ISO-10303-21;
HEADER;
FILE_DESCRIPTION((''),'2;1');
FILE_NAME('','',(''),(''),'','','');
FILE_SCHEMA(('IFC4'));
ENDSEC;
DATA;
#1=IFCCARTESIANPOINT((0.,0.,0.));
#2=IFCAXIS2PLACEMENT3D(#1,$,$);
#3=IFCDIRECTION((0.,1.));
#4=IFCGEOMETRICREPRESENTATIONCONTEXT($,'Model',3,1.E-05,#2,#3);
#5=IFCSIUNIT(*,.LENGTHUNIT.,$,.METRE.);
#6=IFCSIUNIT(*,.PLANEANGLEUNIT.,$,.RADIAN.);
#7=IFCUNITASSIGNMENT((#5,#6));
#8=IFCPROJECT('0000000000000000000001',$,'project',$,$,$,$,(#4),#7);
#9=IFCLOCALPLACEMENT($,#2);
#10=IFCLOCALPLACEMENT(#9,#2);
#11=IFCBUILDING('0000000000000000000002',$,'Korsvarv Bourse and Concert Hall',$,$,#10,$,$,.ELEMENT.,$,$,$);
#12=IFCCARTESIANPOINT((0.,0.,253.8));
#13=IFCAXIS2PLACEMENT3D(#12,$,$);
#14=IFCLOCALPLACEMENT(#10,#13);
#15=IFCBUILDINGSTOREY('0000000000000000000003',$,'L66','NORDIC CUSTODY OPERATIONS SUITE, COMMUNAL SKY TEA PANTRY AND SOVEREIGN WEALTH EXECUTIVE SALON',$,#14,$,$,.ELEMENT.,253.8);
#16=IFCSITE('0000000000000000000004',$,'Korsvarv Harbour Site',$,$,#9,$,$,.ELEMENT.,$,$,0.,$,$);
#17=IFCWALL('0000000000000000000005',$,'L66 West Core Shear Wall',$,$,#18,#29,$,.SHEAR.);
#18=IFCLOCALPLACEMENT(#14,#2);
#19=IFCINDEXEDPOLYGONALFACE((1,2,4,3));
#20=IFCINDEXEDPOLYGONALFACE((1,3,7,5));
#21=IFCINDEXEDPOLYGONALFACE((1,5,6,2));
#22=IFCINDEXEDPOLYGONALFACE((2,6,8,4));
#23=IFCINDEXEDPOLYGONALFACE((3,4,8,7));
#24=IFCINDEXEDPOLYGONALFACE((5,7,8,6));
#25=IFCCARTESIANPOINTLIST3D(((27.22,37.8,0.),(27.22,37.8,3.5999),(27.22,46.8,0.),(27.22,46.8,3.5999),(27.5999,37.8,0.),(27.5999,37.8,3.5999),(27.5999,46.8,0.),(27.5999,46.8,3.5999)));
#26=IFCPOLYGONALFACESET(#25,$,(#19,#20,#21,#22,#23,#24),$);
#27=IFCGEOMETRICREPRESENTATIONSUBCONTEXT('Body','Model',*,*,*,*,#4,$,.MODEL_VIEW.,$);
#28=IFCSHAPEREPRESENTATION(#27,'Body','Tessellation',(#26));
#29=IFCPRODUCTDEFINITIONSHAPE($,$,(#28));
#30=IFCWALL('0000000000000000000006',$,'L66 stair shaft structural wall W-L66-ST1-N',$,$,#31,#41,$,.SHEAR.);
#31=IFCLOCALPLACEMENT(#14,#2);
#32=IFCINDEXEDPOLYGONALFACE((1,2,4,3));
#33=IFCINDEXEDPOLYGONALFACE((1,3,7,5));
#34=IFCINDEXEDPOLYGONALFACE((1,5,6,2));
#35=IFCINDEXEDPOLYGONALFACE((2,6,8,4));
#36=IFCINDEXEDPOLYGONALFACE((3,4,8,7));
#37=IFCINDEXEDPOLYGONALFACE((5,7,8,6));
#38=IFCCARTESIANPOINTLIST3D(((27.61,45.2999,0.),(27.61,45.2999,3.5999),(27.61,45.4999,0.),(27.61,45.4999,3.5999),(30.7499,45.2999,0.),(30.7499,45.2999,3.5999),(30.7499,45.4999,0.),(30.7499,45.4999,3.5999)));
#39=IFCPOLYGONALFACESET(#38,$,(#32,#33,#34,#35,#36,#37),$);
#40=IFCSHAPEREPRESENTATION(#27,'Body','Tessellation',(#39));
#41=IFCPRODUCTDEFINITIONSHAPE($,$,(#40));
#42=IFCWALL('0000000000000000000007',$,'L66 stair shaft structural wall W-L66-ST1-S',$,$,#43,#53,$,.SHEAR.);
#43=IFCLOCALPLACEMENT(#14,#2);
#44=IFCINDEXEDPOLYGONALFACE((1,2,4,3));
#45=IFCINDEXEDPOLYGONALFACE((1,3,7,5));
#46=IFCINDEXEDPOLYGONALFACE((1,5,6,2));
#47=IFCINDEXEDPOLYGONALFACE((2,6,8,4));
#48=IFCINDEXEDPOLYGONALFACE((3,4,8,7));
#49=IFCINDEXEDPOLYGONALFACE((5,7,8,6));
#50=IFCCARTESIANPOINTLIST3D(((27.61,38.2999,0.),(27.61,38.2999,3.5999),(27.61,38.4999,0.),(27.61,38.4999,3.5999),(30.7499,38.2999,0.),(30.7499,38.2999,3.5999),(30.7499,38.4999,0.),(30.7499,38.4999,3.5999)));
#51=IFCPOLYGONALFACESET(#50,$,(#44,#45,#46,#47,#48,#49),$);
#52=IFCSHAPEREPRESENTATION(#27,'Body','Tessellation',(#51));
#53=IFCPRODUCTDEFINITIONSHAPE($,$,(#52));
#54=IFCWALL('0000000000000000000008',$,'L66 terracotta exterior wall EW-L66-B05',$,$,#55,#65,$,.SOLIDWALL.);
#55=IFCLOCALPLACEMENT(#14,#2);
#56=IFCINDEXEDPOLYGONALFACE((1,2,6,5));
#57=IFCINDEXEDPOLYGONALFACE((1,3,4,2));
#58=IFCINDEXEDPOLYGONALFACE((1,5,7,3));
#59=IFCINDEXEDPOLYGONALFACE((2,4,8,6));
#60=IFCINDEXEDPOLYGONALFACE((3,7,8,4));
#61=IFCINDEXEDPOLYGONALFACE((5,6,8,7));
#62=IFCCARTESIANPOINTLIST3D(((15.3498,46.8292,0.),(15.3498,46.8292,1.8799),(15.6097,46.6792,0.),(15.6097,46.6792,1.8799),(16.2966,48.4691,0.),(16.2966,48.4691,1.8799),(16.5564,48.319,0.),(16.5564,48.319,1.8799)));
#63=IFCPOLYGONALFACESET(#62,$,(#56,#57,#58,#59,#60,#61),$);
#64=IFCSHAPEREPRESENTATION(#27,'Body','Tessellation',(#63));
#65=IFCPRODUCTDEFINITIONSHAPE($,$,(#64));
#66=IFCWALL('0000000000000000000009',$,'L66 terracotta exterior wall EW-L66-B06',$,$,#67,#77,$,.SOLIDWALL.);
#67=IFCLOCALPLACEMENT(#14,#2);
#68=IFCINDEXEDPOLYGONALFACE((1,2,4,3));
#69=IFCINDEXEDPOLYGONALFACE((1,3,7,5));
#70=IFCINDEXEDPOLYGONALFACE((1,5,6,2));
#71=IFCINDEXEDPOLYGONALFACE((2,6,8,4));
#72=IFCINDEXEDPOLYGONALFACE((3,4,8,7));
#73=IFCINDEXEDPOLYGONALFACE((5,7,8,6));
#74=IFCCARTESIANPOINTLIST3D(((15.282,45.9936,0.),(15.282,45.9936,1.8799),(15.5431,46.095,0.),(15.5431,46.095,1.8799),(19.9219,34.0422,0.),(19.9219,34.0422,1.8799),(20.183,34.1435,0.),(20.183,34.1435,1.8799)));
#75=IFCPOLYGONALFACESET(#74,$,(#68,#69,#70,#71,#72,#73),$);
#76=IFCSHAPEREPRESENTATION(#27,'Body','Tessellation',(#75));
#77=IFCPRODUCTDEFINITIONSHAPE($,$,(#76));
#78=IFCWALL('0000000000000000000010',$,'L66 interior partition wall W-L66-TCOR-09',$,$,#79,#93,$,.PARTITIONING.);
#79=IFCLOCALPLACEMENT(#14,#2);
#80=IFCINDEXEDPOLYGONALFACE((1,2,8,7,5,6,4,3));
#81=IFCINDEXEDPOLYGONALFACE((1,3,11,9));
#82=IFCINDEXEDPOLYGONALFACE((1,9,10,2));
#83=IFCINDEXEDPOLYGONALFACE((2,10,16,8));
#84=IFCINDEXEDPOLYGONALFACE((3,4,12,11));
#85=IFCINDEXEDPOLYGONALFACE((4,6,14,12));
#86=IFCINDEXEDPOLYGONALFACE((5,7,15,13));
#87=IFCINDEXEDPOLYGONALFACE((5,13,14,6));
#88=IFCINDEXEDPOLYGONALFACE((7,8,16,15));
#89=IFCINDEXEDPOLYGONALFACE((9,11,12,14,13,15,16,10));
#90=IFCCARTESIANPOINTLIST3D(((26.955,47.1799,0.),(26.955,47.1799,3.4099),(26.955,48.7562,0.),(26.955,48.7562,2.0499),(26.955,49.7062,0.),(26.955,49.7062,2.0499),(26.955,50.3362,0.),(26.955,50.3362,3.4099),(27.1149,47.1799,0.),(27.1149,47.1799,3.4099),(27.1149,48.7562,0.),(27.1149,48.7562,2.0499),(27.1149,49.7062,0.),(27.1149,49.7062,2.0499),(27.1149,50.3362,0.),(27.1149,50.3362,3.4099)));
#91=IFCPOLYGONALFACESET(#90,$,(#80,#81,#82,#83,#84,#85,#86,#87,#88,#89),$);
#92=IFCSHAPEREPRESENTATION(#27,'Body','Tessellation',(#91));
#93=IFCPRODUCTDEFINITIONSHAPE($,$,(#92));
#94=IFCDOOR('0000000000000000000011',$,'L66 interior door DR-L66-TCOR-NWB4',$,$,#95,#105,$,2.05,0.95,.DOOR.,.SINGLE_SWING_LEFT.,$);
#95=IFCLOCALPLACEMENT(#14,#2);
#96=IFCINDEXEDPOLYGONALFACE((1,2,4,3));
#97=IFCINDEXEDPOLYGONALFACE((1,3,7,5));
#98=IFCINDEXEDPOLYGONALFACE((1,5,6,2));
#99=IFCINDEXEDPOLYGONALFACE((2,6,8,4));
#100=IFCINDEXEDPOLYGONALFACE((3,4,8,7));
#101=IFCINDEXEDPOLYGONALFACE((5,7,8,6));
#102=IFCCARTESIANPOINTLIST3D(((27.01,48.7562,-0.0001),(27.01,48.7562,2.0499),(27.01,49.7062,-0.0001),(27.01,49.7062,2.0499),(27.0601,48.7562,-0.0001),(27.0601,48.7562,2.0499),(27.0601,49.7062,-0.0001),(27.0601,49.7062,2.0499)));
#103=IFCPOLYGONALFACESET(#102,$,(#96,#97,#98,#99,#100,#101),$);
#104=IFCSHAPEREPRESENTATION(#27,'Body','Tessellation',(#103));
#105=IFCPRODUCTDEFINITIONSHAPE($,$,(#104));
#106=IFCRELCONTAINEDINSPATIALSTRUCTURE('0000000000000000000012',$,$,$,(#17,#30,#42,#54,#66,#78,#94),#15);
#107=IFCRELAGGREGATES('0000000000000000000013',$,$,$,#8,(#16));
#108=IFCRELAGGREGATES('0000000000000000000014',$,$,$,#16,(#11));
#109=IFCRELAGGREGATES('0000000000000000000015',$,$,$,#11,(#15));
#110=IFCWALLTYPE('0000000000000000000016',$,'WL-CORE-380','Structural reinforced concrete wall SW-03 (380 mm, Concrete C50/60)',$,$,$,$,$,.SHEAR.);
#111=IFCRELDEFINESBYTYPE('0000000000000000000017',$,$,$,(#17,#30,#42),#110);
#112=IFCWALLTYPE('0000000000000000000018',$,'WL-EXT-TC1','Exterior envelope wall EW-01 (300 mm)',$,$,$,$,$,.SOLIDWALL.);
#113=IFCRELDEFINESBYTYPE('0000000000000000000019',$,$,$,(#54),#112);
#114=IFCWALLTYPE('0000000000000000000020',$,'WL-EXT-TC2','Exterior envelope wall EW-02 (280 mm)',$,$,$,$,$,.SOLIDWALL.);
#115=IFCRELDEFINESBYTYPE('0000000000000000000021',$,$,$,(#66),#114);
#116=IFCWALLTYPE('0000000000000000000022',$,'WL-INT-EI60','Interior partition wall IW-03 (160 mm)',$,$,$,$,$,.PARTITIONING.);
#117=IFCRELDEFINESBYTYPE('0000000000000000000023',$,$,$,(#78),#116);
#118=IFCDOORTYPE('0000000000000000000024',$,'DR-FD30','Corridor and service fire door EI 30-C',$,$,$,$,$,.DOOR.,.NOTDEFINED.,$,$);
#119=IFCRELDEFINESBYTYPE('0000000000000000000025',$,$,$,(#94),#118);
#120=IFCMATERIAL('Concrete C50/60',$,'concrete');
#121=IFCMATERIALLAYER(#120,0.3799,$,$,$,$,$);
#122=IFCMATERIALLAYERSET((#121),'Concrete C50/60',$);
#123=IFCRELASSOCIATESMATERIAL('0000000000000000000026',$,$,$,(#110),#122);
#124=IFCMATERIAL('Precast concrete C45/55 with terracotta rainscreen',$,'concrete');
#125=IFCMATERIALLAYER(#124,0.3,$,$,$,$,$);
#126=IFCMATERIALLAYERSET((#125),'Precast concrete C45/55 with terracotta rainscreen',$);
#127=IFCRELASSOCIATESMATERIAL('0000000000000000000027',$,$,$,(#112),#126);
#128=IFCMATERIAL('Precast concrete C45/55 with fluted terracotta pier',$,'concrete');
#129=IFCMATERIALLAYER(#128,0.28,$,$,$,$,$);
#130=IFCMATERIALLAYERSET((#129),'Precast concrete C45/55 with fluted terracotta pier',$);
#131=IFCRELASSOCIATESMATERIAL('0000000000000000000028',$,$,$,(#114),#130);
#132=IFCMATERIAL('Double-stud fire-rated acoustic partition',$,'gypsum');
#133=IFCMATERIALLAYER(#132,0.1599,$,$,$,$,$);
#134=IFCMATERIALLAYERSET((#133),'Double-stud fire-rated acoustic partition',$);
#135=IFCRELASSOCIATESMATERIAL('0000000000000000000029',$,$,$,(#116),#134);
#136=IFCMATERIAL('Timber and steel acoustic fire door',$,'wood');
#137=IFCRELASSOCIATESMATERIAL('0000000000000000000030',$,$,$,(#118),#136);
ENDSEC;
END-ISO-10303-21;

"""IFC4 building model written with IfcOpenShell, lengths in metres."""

from ifc_helpers import new_model, si_unit, direction, frame, frame_2d, origin, place, context, subcontext, project, spatial, rectangle, extrude, material, layer, layer_set, type_object, element, fill, save


model = new_model("IFC4")

# Units and contexts
model_context = context("Model", 3, precision=1e-05, world=origin(), true_north=direction((0.0, 1.0)))
body_context = subcontext(model_context, "Body", "Model", "MODEL_VIEW")
ifc_project = project(units=[si_unit("LENGTHUNIT", "METRE"), si_unit("PLANEANGLEUNIT", "RADIAN")], contexts=[model_context])

# Site, building, storey
site_placement = place(None, origin())
site = spatial("IfcSite", under=ifc_project, at=site_placement, Name="Korsvarv Harbour Site", CompositionType="ELEMENT", RefElevation=0.0)
building_placement = place(site_placement, origin())
building = spatial("IfcBuilding", under=site, at=building_placement, Name="Korsvarv Bourse and Concert Hall", CompositionType="ELEMENT")
storey_placement = place(building_placement, frame((0.0, 0.0, 253.8)))
storey = spatial("IfcBuildingStorey", under=building, at=storey_placement, Name="L66", Description="NORDIC CUSTODY OPERATIONS SUITE, COMMUNAL SKY TEA PANTRY AND SOVEREIGN WEALTH EXECUTIVE SALON", CompositionType="ELEMENT", Elevation=253.8)

# Shared definitions
ifc_material_1 = material(Name="Concrete C50/60", Category="concrete")

# Shared definitions
ifc_layer_1 = layer(ifc_material_1, 0.3799)
ifc_layer_set_1 = layer_set([ifc_layer_1], Name="Concrete C50/60")
wall_type_1 = type_object("IfcWallType", Name="WL-CORE-380", Description="Structural reinforced concrete wall SW-03 (380 mm, Concrete C50/60)", PredefinedType="SHEAR", material=ifc_layer_set_1)

# Walls
wall_1_placement = place(storey_placement, frame((27.4099, 37.8, 0.0), z_axis=(0.0, 0.0, 1.0), x_axis=(0.0, 1.0, 0.0)))
element("IfcWall", 1, at=wall_1_placement, inside=storey, type_object=wall_type_1, Name="L66 West Core Shear Wall", PredefinedType="SHEAR", context=body_context, shape_type="SweptSolid", body=[
    extrude(rectangle(XDim=9.0, YDim=0.3799, at=frame_2d((4.5, 0.0))), origin(), (0.0, 0.0, 1.0), 3.5999),
])
for number, where, z_axis, x_axis, name in (
    (2, (27.6101, 45.3999, 0.0), (0.0, 0.0, 1.0), (1.0, 0.0, 0.0), "L66 stair shaft structural wall W-L66-ST1-N"),
    (3, (27.6101, 38.3999, 0.0), (0.0, 0.0, 1.0), (1.0, 0.0, 0.0), "L66 stair shaft structural wall W-L66-ST1-S"),
):
    element("IfcWall", number, at=place(storey_placement, frame(where, z_axis=z_axis, x_axis=x_axis)), inside=storey, type_object=wall_type_1, Name=name, PredefinedType="SHEAR", context=body_context, shape_type="SweptSolid", body=[
        extrude(rectangle(XDim=3.1399, YDim=0.2, at=frame_2d((1.5698, 0.0))), origin(), (0.0, 0.0, 1.0), 3.5999),
    ])
ifc_material_2 = material(Name="Precast concrete C45/55 with terracotta rainscreen", Category="concrete")
ifc_layer_2 = layer(ifc_material_2, 0.3)
ifc_layer_set_2 = layer_set([ifc_layer_2], Name="Precast concrete C45/55 with terracotta rainscreen")
wall_type_2 = type_object("IfcWallType", Name="WL-EXT-TC1", Description="Exterior envelope wall EW-01 (300 mm)", PredefinedType="SOLIDWALL", material=ifc_layer_set_2)
wall_2_placement = place(storey_placement, frame((16.4265, 48.394, 0.0), z_axis=(0.0, 0.0, 1.0), x_axis=(-0.499994, -0.866029, 0.0)))
element("IfcWall", 4, at=wall_2_placement, inside=storey, type_object=wall_type_2, Name="L66 terracotta exterior wall EW-L66-B05", PredefinedType="SOLIDWALL", context=body_context, shape_type="SweptSolid", body=[
    extrude(rectangle(XDim=1.8936, YDim=0.3, at=frame_2d((0.9468, 0.0))), origin(), (0.0, 0.0, 1.0), 1.8799),
])
ifc_material_3 = material(Name="Precast concrete C45/55 with fluted terracotta pier", Category="concrete")
ifc_layer_3 = layer(ifc_material_3, 0.28)
ifc_layer_set_3 = layer_set([ifc_layer_3], Name="Precast concrete C45/55 with fluted terracotta pier")
wall_type_3 = type_object("IfcWallType", Name="WL-EXT-TC2", Description="Exterior envelope wall EW-02 (280 mm)", PredefinedType="SOLIDWALL", material=ifc_layer_set_3)
wall_3_placement = place(storey_placement, frame((15.4126, 46.0442, 0.0), z_axis=(0.0, 0.0, 1.0), x_axis=(0.361912, -0.932212, 0.0)))
element("IfcWall", 5, at=wall_3_placement, inside=storey, type_object=wall_type_3, Name="L66 terracotta exterior wall EW-L66-B06", PredefinedType="SOLIDWALL", context=body_context, shape_type="SweptSolid", body=[
    extrude(rectangle(XDim=12.8206, YDim=0.28, at=frame_2d((6.4102, 0.0))), origin(), (0.0, 0.0, 1.0), 1.8799),
])

# Wall, opening, door
ifc_material_4 = material(Name="Double-stud fire-rated acoustic partition", Category="gypsum")
ifc_layer_4 = layer(ifc_material_4, 0.1599)
ifc_layer_set_4 = layer_set([ifc_layer_4], Name="Double-stud fire-rated acoustic partition")
wall_type_4 = type_object("IfcWallType", Name="WL-INT-EI60", Description="Interior partition wall IW-03 (160 mm)", PredefinedType="PARTITIONING", material=ifc_layer_set_4)
wall_4_placement = place(storey_placement, frame((27.0349, 47.1799, 0.0), z_axis=(0.0, 0.0, 1.0), x_axis=(0.0, 1.0, 0.0)))
wall_4 = element("IfcWall", 6, at=wall_4_placement, inside=storey, type_object=wall_type_4, Name="L66 interior partition wall W-L66-TCOR-09", PredefinedType="PARTITIONING", context=body_context, shape_type="SweptSolid", body=[
    extrude(rectangle(XDim=3.1562, YDim=0.1599, at=frame_2d((1.5781, 0.0))), origin(), (0.0, 0.0, 1.0), 3.4099),
])
opening_1_placement = place(wall_4_placement, frame((1.5762, 0.0, 0.0)))
opening_1 = element("IfcOpeningElement", 7, at=opening_1_placement, cuts=wall_4, PredefinedType="OPENING", context=body_context, shape_type="SweptSolid", body=[
    extrude(rectangle(XDim=0.95, YDim=2.05, at=frame_2d((0.4751, 1.0249))), frame((0.0, 0.0898, 0.0), z_axis=(0.0, -1.0, 0.0), x_axis=(1.0, 0.0, 0.0)), (0.0, 0.0, 1.0), 0.1799),
])
ifc_material_5 = material(Name="Timber and steel acoustic fire door", Category="wood")
door_type_1 = type_object("IfcDoorType", Name="DR-FD30", Description="Corridor and service fire door EI 30-C", OperationType="NOTDEFINED", PredefinedType="DOOR", material=ifc_material_5)
door_1_placement = place(opening_1_placement, origin())
door_1 = element("IfcDoor", 8, at=door_1_placement, inside=storey, type_object=door_type_1, Name="L66 interior door DR-L66-TCOR-NWB4", OperationType="SINGLE_SWING_LEFT", OverallHeight=2.05, OverallWidth=0.95, PredefinedType="DOOR", context=body_context, shape_type="SweptSolid", body=[
    extrude(rectangle(XDim=0.95, YDim=2.05, at=frame_2d((0.4751, 1.0249))), frame((0.0, 0.0249, 0.0), z_axis=(0.0, -1.0, 0.0), x_axis=(1.0, 0.0, 0.0)), (0.0, 0.0, 1.0), 0.05),
])
fill(opening_1, door_1)

save(model, "model.ifc")
